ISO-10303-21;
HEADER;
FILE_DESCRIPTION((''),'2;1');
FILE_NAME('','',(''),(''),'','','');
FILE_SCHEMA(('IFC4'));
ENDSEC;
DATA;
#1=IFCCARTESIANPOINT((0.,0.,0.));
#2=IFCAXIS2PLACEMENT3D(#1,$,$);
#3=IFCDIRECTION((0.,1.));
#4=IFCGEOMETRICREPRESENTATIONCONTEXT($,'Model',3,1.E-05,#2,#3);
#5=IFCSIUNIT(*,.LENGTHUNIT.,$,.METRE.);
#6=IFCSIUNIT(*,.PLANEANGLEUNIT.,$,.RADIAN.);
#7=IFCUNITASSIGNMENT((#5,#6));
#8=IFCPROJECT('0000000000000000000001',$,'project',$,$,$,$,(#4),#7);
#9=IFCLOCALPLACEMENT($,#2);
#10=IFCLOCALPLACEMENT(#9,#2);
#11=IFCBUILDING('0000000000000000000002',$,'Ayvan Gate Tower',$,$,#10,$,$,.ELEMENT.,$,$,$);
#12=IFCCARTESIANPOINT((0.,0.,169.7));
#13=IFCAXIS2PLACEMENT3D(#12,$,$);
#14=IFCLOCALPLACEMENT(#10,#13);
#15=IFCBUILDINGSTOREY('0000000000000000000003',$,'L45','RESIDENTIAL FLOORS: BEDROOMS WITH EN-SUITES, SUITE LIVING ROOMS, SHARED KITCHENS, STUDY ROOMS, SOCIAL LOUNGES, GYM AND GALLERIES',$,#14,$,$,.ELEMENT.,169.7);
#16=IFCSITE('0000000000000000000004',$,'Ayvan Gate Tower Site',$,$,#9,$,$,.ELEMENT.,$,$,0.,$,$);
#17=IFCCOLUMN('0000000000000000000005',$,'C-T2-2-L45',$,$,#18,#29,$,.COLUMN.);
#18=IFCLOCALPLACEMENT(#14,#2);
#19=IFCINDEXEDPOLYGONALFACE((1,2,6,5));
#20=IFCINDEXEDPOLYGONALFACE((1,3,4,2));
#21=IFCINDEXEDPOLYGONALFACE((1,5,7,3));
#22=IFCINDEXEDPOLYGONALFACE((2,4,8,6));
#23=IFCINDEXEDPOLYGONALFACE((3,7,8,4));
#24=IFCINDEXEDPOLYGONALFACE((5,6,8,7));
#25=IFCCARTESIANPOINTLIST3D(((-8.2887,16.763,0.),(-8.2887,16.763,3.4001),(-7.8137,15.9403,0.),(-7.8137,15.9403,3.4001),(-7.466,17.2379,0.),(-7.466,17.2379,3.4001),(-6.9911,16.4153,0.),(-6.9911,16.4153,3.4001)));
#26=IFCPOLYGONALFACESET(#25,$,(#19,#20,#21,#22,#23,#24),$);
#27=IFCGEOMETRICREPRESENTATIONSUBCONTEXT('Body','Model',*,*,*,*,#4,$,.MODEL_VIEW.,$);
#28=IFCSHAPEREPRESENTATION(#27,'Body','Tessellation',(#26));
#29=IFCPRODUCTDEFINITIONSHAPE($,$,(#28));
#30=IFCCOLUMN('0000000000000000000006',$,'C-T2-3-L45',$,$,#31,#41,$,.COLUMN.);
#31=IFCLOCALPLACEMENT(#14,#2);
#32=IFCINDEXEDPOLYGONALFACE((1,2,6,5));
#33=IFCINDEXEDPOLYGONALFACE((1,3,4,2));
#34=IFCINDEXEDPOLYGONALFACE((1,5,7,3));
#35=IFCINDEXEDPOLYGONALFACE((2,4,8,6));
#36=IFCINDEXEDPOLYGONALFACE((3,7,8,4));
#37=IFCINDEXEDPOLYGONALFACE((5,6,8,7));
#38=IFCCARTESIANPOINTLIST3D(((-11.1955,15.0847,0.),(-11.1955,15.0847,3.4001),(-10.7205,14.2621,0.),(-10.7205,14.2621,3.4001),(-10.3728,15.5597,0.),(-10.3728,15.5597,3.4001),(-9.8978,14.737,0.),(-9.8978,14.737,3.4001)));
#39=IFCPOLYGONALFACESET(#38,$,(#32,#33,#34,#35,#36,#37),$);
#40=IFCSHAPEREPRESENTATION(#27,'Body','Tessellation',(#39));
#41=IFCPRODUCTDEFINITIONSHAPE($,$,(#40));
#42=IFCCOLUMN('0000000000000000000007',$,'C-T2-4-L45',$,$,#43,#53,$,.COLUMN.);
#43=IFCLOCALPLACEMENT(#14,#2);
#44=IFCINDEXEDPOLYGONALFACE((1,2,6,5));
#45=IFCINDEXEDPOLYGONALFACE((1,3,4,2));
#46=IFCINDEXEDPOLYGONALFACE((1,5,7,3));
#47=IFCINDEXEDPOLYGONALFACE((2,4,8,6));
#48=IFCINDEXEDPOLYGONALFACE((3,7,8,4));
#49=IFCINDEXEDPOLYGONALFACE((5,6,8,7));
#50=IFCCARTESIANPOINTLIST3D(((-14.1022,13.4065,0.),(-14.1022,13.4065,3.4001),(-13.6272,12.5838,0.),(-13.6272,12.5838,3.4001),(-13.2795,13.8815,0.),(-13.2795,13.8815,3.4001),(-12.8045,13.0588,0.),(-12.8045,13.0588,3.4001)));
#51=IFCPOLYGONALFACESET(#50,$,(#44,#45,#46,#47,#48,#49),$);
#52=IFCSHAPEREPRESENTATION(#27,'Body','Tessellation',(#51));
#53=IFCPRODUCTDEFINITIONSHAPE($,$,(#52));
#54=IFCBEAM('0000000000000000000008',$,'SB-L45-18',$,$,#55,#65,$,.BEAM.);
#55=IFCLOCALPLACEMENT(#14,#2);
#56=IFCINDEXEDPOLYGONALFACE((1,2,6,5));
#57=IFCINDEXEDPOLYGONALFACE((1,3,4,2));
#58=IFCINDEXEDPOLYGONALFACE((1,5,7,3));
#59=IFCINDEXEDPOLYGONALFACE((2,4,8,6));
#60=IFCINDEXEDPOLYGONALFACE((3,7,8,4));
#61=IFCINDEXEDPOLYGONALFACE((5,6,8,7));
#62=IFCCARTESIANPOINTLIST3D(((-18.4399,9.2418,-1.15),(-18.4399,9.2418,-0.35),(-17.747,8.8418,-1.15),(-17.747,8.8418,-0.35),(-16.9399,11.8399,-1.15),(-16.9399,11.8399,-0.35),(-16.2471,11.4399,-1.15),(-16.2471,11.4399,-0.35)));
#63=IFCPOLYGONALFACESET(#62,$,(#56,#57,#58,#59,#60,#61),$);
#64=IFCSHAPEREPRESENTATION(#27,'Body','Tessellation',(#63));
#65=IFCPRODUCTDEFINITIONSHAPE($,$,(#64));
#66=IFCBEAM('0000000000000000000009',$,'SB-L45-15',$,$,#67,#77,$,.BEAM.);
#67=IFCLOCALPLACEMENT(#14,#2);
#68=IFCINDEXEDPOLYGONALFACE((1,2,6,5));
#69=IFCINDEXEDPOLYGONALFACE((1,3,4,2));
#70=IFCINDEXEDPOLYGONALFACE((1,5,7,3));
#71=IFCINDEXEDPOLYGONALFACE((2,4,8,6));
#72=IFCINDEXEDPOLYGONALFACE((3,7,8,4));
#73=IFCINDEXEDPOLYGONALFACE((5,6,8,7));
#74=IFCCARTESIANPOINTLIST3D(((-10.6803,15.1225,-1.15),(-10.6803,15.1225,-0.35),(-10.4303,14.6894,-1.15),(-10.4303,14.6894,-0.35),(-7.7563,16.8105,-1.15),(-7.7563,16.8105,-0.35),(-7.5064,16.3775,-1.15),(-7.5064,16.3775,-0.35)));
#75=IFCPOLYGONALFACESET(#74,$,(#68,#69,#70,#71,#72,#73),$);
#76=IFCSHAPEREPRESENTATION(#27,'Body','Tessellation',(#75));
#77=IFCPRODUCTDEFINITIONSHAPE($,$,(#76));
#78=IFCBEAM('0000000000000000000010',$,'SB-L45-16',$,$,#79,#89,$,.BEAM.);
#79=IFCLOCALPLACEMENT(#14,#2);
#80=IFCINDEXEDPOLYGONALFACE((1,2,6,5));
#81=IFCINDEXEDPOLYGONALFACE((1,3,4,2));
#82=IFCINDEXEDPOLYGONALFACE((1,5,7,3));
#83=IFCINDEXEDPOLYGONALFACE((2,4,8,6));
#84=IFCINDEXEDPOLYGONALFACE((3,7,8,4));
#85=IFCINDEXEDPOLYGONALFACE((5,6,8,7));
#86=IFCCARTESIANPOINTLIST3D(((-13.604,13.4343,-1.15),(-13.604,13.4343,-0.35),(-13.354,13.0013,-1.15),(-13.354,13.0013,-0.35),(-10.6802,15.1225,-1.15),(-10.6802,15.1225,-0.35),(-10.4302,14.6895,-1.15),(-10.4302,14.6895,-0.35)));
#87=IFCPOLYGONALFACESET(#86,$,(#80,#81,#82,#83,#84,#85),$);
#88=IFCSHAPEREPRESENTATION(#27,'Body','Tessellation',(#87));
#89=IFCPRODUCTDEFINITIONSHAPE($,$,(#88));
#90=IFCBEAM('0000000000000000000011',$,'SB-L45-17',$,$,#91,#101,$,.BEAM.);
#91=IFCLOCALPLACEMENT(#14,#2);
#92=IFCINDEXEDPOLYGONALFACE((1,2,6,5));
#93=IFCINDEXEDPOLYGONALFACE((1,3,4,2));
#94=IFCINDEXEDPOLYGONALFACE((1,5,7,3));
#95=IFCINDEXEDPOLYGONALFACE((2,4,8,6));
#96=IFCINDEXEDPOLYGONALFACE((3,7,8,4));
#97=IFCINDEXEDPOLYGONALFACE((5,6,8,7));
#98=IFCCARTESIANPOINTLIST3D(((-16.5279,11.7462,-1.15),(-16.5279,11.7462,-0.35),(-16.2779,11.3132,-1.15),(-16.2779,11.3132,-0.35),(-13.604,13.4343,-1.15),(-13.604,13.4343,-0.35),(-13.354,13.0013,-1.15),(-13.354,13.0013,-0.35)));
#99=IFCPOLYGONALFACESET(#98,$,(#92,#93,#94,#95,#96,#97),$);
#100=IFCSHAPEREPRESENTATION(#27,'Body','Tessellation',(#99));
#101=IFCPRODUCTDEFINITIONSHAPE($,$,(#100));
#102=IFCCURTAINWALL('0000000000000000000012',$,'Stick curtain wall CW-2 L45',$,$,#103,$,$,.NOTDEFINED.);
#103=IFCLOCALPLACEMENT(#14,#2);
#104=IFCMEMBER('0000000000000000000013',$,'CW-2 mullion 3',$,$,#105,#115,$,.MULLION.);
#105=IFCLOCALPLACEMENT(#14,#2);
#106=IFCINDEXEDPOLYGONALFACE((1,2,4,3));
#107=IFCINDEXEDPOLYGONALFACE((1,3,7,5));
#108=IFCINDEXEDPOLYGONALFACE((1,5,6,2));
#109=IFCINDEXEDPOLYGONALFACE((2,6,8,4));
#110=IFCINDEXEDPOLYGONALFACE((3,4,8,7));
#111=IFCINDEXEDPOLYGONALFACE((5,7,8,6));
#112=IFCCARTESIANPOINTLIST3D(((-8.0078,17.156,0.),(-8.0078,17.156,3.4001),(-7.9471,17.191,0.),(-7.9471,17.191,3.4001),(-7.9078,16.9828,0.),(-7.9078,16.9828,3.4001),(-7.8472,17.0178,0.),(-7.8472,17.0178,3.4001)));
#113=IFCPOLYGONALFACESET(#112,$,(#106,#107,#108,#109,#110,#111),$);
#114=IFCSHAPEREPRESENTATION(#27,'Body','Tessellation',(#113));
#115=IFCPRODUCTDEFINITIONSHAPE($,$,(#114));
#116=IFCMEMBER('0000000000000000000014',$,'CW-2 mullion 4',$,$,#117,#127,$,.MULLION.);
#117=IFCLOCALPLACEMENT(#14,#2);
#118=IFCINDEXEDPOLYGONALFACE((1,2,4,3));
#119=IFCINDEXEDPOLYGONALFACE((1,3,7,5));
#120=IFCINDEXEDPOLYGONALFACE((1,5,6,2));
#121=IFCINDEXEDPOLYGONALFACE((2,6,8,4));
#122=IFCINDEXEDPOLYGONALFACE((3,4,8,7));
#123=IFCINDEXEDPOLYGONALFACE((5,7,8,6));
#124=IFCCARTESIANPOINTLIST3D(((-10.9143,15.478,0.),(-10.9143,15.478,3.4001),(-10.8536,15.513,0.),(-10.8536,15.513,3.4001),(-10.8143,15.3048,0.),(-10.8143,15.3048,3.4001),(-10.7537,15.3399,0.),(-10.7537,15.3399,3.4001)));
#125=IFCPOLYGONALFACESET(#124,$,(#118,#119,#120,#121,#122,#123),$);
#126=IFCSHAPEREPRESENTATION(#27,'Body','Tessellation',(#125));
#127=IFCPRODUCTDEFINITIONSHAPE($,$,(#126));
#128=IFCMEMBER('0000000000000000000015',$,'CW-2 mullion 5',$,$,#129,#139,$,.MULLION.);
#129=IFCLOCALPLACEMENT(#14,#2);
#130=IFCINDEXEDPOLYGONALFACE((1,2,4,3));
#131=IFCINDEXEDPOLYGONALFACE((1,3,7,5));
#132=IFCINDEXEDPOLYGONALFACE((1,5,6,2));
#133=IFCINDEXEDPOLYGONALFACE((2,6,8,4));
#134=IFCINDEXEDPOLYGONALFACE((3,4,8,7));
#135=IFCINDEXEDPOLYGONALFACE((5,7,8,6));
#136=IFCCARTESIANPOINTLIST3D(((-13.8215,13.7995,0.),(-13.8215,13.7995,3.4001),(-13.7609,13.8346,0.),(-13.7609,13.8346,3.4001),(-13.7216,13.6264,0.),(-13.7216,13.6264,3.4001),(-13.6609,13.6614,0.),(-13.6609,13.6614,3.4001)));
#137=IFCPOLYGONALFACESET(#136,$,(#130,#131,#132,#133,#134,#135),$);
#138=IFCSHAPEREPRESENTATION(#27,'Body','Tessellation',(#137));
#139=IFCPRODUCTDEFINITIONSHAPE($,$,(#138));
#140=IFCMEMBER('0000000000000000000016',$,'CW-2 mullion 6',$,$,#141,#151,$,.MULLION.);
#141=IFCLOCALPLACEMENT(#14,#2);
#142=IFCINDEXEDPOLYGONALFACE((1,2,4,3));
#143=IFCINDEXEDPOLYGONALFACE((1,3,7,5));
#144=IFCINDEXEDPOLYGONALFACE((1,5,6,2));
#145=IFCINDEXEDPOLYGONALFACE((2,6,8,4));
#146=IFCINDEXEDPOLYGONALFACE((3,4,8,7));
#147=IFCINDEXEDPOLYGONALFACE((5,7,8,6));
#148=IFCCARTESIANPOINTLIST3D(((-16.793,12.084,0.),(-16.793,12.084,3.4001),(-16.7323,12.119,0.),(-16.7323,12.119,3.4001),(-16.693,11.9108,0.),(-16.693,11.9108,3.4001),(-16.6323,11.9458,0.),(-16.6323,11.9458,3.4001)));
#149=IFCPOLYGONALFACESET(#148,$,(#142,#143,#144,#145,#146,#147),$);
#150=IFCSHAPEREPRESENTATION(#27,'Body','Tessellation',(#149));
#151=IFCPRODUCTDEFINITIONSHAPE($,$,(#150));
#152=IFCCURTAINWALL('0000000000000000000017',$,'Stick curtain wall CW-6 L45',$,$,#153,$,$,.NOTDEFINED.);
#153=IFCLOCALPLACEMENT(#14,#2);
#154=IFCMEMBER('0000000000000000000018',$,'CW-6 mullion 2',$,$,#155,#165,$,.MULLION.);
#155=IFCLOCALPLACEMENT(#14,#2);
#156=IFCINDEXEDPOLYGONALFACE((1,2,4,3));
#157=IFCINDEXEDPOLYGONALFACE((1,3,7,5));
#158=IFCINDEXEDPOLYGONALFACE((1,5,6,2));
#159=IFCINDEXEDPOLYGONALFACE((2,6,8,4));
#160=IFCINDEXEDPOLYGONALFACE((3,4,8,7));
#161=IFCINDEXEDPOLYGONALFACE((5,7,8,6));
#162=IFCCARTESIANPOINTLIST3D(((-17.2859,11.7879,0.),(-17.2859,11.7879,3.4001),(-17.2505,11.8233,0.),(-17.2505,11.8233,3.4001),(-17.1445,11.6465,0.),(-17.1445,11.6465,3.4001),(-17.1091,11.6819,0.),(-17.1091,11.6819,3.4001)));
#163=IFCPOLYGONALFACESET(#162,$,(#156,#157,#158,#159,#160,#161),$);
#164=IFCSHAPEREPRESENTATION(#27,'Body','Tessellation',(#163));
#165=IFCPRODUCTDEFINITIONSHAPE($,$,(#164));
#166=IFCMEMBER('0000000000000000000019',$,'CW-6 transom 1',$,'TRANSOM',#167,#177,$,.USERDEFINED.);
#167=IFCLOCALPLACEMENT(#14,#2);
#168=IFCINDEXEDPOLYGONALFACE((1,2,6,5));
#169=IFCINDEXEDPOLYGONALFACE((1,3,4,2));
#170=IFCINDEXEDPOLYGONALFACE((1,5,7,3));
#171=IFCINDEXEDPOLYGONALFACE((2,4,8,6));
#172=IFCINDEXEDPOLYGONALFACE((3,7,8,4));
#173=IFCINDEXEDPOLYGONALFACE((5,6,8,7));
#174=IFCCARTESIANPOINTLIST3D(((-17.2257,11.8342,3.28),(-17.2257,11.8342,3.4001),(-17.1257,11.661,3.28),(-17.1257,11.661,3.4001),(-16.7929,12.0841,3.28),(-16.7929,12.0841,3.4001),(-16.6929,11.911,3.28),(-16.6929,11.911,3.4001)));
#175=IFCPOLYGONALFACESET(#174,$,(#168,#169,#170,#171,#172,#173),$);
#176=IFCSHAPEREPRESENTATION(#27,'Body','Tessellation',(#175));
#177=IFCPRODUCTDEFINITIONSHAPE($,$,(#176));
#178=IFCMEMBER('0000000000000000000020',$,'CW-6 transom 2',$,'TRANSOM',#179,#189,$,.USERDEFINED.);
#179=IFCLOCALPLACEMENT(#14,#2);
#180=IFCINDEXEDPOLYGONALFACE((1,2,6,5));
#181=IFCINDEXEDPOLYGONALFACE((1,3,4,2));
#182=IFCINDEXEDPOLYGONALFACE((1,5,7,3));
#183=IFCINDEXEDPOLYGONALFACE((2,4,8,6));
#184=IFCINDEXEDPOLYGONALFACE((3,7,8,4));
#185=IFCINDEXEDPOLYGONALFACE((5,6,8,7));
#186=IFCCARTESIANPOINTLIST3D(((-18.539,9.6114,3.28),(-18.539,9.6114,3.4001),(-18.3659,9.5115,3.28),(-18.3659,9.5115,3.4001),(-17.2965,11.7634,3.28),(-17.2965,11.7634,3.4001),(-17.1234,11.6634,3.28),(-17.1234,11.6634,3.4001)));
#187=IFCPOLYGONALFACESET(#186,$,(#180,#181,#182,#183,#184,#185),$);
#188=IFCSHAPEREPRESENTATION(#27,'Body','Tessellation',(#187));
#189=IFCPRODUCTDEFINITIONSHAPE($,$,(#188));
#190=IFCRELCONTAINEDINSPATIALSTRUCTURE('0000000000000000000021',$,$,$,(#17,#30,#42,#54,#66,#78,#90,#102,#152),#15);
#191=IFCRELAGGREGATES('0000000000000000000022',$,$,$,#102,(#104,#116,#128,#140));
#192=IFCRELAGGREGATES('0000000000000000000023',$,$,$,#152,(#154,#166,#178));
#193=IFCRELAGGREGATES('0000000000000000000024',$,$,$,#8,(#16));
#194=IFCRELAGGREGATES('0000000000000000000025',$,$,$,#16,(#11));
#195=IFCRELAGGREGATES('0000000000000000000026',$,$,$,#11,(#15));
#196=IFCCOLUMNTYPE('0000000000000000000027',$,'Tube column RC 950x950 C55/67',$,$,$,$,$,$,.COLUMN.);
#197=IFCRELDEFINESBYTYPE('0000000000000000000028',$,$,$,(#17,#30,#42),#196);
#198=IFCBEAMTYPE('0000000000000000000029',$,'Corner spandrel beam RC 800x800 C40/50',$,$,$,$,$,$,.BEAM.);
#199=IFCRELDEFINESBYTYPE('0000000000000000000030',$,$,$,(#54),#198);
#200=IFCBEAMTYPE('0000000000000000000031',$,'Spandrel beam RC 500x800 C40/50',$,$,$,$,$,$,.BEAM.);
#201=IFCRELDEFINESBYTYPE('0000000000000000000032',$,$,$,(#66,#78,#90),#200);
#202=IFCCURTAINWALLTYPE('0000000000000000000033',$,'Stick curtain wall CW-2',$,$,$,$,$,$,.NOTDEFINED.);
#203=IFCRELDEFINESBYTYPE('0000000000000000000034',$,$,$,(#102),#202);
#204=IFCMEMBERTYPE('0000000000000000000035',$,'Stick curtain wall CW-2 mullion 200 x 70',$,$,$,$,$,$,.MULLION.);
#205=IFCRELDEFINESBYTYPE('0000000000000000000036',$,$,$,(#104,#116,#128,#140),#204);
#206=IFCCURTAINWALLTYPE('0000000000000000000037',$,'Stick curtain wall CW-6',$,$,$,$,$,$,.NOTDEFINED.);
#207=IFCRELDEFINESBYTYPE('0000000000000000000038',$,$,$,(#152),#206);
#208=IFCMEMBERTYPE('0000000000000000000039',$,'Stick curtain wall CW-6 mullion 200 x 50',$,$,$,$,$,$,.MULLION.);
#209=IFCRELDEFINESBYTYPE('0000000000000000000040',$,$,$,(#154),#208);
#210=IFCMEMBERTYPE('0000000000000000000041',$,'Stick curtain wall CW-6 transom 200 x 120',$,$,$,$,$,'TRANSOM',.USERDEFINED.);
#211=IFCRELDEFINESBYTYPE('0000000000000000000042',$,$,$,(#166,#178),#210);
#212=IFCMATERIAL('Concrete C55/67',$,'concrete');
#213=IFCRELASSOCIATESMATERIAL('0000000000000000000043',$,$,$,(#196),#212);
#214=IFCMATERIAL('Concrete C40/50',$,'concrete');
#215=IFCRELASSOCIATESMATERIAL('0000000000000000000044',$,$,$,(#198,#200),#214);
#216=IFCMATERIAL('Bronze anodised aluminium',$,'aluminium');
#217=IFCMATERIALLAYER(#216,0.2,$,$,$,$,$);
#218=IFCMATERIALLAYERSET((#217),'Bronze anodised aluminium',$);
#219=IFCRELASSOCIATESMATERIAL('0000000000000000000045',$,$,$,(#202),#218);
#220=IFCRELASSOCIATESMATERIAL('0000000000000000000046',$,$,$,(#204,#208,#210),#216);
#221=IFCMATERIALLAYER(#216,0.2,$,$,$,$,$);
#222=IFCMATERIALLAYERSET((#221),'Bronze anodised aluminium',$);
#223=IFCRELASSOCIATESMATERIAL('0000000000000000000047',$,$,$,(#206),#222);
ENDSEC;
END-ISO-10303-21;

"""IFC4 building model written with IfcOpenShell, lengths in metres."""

from ifc_helpers import new_model, si_unit, direction, frame, origin, origin_2d, place, context, subcontext, project, spatial, rectangle, extrude, material, layer, layer_set, material_profile, profile_set, type_object, element, aggregate, save


model = new_model("IFC4")

# Units and contexts
model_context = context("Model", 3, precision=1e-05, world=origin(), true_north=direction((0.0, 1.0)))
body_context = subcontext(model_context, "Body", "Model", "MODEL_VIEW")
ifc_project = project(units=[si_unit("LENGTHUNIT", "METRE"), si_unit("PLANEANGLEUNIT", "RADIAN")], contexts=[model_context])

# Site, building, storey
site_placement = place(None, origin())
site = spatial("IfcSite", under=ifc_project, at=site_placement, Name="Ayvan Gate Tower Site", CompositionType="ELEMENT", RefElevation=0.0)
building_placement = place(site_placement, origin())
building = spatial("IfcBuilding", under=site, at=building_placement, Name="Ayvan Gate Tower", CompositionType="ELEMENT")
storey_placement = place(building_placement, frame((0.0, 0.0, 169.7)))
storey = spatial("IfcBuildingStorey", under=building, at=storey_placement, Name="L45", Description="RESIDENTIAL FLOORS: BEDROOMS WITH EN-SUITES, SUITE LIVING ROOMS, SHARED KITCHENS, STUDY ROOMS, SOCIAL LOUNGES, GYM AND GALLERIES", CompositionType="ELEMENT", Elevation=169.7)

# Columns
ifc_material_1 = material(Name="Concrete C55/67", Category="concrete")
ifc_material_profile_1 = material_profile(ifc_material_1, rectangle(XDim=0.95, YDim=0.95, at=origin_2d()), Name="RC 950x950")
ifc_profile_set_1 = profile_set([ifc_material_profile_1], Name="Concrete C55/67")
column_type = type_object("IfcColumnType", Name="Tube column RC 950x950 C55/67", PredefinedType="COLUMN", material=ifc_profile_set_1)
for number, where, z_axis, x_axis, name in (
    (1, (-7.6399, 16.5891, 0.0), (0.0, 0.0, 1.0), (-0.5, 0.866025, 0.0), "C-T2-2-L45"),
    (2, (-10.5466, 14.9109, 0.0), (0.0, 0.0, 1.0), (-0.5, 0.866025, 0.0), "C-T2-3-L45"),
    (3, (-13.4534, 13.2327, 0.0), (0.0, 0.0, 1.0), (-0.5, 0.866025, 0.0), "C-T2-4-L45"),
):
    element("IfcColumn", number, at=place(storey_placement, frame(where, z_axis=z_axis, x_axis=x_axis)), inside=storey, type_object=column_type, Name=name, PredefinedType="COLUMN", context=body_context, shape_type="SweptSolid", body=[
        extrude(rectangle(XDim=0.95, YDim=0.95, at=origin_2d()), origin(), (0.0, 0.0, 1.0), 3.4001),
    ])

# Beams
ifc_material_2 = material(Name="Concrete C40/50", Category="concrete")
ifc_material_profile_2 = material_profile(ifc_material_2, rectangle(XDim=0.8, YDim=0.8, at=origin_2d()), Name="RC 800x800")
ifc_profile_set_2 = profile_set([ifc_material_profile_2], Name="Concrete C40/50")
beam_type_1 = type_object("IfcBeamType", Name="Corner spandrel beam RC 800x800 C40/50", PredefinedType="BEAM", material=ifc_profile_set_2)
beam_placement = place(storey_placement, frame((-16.5935, 11.6399, -0.75), z_axis=(-0.49999, -0.866031, 0.0), x_axis=(0.866031, -0.49999, 0.0)))
element("IfcBeam", 4, at=beam_placement, inside=storey, type_object=beam_type_1, Name="SB-L45-18", PredefinedType="BEAM", context=body_context, shape_type="SweptSolid", body=[
    extrude(rectangle(XDim=0.8, YDim=0.8, at=origin_2d()), origin(), (0.0, 0.0, 1.0), 3.0),
])
ifc_material_profile_3 = material_profile(ifc_material_2, rectangle(XDim=0.5, YDim=0.8, at=origin_2d()), Name="RC 500x800")
ifc_profile_set_3 = profile_set([ifc_material_profile_3], Name="Concrete C40/50")
beam_type_2 = type_object("IfcBeamType", Name="Spandrel beam RC 500x800 C40/50", PredefinedType="BEAM", material=ifc_profile_set_3)
for number, where, z_axis, x_axis, name in (
    (5, (-7.6313, 16.594, -0.75), (-0.866036, -0.499981, 0.0), (0.499981, -0.866036, 0.0), "SB-L45-15"),
    (6, (-10.5552, 14.906, -0.75), (-0.866005, -0.500035, 0.0), (0.500035, -0.866005, 0.0), "SB-L45-16"),
    (7, (-13.479, 13.2178, -0.75), (-0.866036, -0.499981, 0.0), (0.499981, -0.866036, 0.0), "SB-L45-17"),
):
    element("IfcBeam", number, at=place(storey_placement, frame(where, z_axis=z_axis, x_axis=x_axis)), inside=storey, type_object=beam_type_2, Name=name, PredefinedType="BEAM", context=body_context, shape_type="SweptSolid", body=[
        extrude(rectangle(XDim=0.5, YDim=0.8, at=origin_2d()), origin(), (0.0, 0.0, 1.0), 3.3762),
    ])

# Curtain walls, members
ifc_material_3 = material(Name="Bronze anodised aluminium", Category="aluminium")
ifc_layer_1 = layer(ifc_material_3, 0.2)
ifc_layer_set_1 = layer_set([ifc_layer_1], Name="Bronze anodised aluminium")
curtain_wall_type_1 = type_object("IfcCurtainWallType", Name="Stick curtain wall CW-2", PredefinedType="NOTDEFINED", material=ifc_layer_set_1)
curtain_wall_1_placement = place(storey_placement, origin())
curtain_wall_1 = element("IfcCurtainWall", 8, at=curtain_wall_1_placement, inside=storey, type_object=curtain_wall_type_1, Name="Stick curtain wall CW-2 L45", PredefinedType="NOTDEFINED")
ifc_material_profile_4 = material_profile(ifc_material_3, rectangle(XDim=0.2, YDim=0.0701, at=origin_2d()), Name="Stick curtain wall CW-2 mullion 200 x 70")
ifc_profile_set_4 = profile_set([ifc_material_profile_4], Name="Bronze anodised aluminium")
member_type_1 = type_object("IfcMemberType", Name="Stick curtain wall CW-2 mullion 200 x 70", PredefinedType="MULLION", material=ifc_profile_set_4)
member_1_placement = place(storey_placement, frame((-7.9275, 17.0869, 0.0), z_axis=(0.0, 0.0, 1.0), x_axis=(-0.5, 0.866025, 0.0)))
member_1 = element("IfcMember", 9, at=member_1_placement, type_object=member_type_1, Name="CW-2 mullion 3", PredefinedType="MULLION", context=body_context, shape_type="SweptSolid", body=[
    extrude(rectangle(XDim=0.2, YDim=0.0701, at=origin_2d()), origin(), (0.0, 0.0, 1.0), 3.4001),
])
member_2_placement = place(storey_placement, frame((-10.834, 15.4089, 0.0), z_axis=(0.0, 0.0, 1.0), x_axis=(-0.5, 0.866025, 0.0)))
member_2 = element("IfcMember", 10, at=member_2_placement, type_object=member_type_1, Name="CW-2 mullion 4", PredefinedType="MULLION", context=body_context, shape_type="SweptSolid", body=[
    extrude(rectangle(XDim=0.2, YDim=0.0701, at=origin_2d()), origin(), (0.0, 0.0, 1.0), 3.4001),
])
member_3_placement = place(storey_placement, frame((-13.7412, 13.7305, 0.0), z_axis=(0.0, 0.0, 1.0), x_axis=(-0.5, 0.866025, 0.0)))
member_3 = element("IfcMember", 11, at=member_3_placement, type_object=member_type_1, Name="CW-2 mullion 5", PredefinedType="MULLION", context=body_context, shape_type="SweptSolid", body=[
    extrude(rectangle(XDim=0.2, YDim=0.0701, at=origin_2d()), origin(), (0.0, 0.0, 1.0), 3.4001),
])
member_4_placement = place(storey_placement, frame((-16.7126, 12.0149, 0.0), z_axis=(0.0, 0.0, 1.0), x_axis=(-0.5, 0.866025, 0.0)))
member_4 = element("IfcMember", 12, at=member_4_placement, type_object=member_type_1, Name="CW-2 mullion 6", PredefinedType="MULLION", context=body_context, shape_type="SweptSolid", body=[
    extrude(rectangle(XDim=0.2, YDim=0.0701, at=origin_2d()), origin(), (0.0, 0.0, 1.0), 3.4001),
])
ifc_layer_2 = layer(ifc_material_3, 0.2)
ifc_layer_set_2 = layer_set([ifc_layer_2], Name="Bronze anodised aluminium")
curtain_wall_type_2 = type_object("IfcCurtainWallType", Name="Stick curtain wall CW-6", PredefinedType="NOTDEFINED", material=ifc_layer_set_2)
curtain_wall_2_placement = place(storey_placement, origin())
curtain_wall_2 = element("IfcCurtainWall", 13, at=curtain_wall_2_placement, inside=storey, type_object=curtain_wall_type_2, Name="Stick curtain wall CW-6 L45", PredefinedType="NOTDEFINED")
ifc_material_profile_5 = material_profile(ifc_material_3, rectangle(XDim=0.2, YDim=0.05, at=origin_2d()), Name="Stick curtain wall CW-6 mullion 200 x 50")
ifc_profile_set_5 = profile_set([ifc_material_profile_5], Name="Bronze anodised aluminium")
member_type_2 = type_object("IfcMemberType", Name="Stick curtain wall CW-6 mullion 200 x 50", PredefinedType="MULLION", material=ifc_profile_set_5)
member_5_placement = place(storey_placement, frame((-17.1975, 11.7349, 0.0), z_axis=(0.0, 0.0, 1.0), x_axis=(-0.707107, 0.707107, 0.0)))
member_5 = element("IfcMember", 14, at=member_5_placement, type_object=member_type_2, Name="CW-6 mullion 2", PredefinedType="MULLION", context=body_context, shape_type="SweptSolid", body=[
    extrude(rectangle(XDim=0.2, YDim=0.05, at=origin_2d()), origin(), (0.0, 0.0, 1.0), 3.4001),
])
ifc_material_profile_6 = material_profile(ifc_material_3, rectangle(XDim=0.2, YDim=0.1201, at=origin_2d()), Name="Stick curtain wall CW-6 transom 200 x 120")
ifc_profile_set_6 = profile_set([ifc_material_profile_6], Name="Bronze anodised aluminium")
member_type_3 = type_object("IfcMemberType", Name="Stick curtain wall CW-6 transom 200 x 120", ElementType="TRANSOM", PredefinedType="USERDEFINED", material=ifc_profile_set_6)
member_6_placement = place(storey_placement, frame((-16.7429, 11.9976, 3.3401), z_axis=(-0.86595, -0.500131, 0.0), x_axis=(0.500131, -0.86595, 0.0)))
member_6 = element("IfcMember", 15, at=member_6_placement, type_object=member_type_3, Name="CW-6 transom 1", ObjectType="TRANSOM", PredefinedType="USERDEFINED", context=body_context, shape_type="SweptSolid", body=[
    extrude(rectangle(XDim=0.2, YDim=0.1201, at=origin_2d()), origin(), (0.0, 0.0, 1.0), 0.4998),
])
member_7_placement = place(storey_placement, frame((-17.21, 11.7134, 3.3401), z_axis=(-0.500017, -0.866015, 0.0), x_axis=(0.866015, -0.500017, 0.0)))
member_7 = element("IfcMember", 16, at=member_7_placement, type_object=member_type_3, Name="CW-6 transom 2", ObjectType="TRANSOM", PredefinedType="USERDEFINED", context=body_context, shape_type="SweptSolid", body=[
    extrude(rectangle(XDim=0.2, YDim=0.1201, at=origin_2d()), origin(), (0.0, 0.0, 1.0), 2.4849),
])

aggregate(curtain_wall_1, [member_1, member_2, member_3, member_4])
aggregate(curtain_wall_2, [member_5, member_6, member_7])

save(model, "model.ifc")
